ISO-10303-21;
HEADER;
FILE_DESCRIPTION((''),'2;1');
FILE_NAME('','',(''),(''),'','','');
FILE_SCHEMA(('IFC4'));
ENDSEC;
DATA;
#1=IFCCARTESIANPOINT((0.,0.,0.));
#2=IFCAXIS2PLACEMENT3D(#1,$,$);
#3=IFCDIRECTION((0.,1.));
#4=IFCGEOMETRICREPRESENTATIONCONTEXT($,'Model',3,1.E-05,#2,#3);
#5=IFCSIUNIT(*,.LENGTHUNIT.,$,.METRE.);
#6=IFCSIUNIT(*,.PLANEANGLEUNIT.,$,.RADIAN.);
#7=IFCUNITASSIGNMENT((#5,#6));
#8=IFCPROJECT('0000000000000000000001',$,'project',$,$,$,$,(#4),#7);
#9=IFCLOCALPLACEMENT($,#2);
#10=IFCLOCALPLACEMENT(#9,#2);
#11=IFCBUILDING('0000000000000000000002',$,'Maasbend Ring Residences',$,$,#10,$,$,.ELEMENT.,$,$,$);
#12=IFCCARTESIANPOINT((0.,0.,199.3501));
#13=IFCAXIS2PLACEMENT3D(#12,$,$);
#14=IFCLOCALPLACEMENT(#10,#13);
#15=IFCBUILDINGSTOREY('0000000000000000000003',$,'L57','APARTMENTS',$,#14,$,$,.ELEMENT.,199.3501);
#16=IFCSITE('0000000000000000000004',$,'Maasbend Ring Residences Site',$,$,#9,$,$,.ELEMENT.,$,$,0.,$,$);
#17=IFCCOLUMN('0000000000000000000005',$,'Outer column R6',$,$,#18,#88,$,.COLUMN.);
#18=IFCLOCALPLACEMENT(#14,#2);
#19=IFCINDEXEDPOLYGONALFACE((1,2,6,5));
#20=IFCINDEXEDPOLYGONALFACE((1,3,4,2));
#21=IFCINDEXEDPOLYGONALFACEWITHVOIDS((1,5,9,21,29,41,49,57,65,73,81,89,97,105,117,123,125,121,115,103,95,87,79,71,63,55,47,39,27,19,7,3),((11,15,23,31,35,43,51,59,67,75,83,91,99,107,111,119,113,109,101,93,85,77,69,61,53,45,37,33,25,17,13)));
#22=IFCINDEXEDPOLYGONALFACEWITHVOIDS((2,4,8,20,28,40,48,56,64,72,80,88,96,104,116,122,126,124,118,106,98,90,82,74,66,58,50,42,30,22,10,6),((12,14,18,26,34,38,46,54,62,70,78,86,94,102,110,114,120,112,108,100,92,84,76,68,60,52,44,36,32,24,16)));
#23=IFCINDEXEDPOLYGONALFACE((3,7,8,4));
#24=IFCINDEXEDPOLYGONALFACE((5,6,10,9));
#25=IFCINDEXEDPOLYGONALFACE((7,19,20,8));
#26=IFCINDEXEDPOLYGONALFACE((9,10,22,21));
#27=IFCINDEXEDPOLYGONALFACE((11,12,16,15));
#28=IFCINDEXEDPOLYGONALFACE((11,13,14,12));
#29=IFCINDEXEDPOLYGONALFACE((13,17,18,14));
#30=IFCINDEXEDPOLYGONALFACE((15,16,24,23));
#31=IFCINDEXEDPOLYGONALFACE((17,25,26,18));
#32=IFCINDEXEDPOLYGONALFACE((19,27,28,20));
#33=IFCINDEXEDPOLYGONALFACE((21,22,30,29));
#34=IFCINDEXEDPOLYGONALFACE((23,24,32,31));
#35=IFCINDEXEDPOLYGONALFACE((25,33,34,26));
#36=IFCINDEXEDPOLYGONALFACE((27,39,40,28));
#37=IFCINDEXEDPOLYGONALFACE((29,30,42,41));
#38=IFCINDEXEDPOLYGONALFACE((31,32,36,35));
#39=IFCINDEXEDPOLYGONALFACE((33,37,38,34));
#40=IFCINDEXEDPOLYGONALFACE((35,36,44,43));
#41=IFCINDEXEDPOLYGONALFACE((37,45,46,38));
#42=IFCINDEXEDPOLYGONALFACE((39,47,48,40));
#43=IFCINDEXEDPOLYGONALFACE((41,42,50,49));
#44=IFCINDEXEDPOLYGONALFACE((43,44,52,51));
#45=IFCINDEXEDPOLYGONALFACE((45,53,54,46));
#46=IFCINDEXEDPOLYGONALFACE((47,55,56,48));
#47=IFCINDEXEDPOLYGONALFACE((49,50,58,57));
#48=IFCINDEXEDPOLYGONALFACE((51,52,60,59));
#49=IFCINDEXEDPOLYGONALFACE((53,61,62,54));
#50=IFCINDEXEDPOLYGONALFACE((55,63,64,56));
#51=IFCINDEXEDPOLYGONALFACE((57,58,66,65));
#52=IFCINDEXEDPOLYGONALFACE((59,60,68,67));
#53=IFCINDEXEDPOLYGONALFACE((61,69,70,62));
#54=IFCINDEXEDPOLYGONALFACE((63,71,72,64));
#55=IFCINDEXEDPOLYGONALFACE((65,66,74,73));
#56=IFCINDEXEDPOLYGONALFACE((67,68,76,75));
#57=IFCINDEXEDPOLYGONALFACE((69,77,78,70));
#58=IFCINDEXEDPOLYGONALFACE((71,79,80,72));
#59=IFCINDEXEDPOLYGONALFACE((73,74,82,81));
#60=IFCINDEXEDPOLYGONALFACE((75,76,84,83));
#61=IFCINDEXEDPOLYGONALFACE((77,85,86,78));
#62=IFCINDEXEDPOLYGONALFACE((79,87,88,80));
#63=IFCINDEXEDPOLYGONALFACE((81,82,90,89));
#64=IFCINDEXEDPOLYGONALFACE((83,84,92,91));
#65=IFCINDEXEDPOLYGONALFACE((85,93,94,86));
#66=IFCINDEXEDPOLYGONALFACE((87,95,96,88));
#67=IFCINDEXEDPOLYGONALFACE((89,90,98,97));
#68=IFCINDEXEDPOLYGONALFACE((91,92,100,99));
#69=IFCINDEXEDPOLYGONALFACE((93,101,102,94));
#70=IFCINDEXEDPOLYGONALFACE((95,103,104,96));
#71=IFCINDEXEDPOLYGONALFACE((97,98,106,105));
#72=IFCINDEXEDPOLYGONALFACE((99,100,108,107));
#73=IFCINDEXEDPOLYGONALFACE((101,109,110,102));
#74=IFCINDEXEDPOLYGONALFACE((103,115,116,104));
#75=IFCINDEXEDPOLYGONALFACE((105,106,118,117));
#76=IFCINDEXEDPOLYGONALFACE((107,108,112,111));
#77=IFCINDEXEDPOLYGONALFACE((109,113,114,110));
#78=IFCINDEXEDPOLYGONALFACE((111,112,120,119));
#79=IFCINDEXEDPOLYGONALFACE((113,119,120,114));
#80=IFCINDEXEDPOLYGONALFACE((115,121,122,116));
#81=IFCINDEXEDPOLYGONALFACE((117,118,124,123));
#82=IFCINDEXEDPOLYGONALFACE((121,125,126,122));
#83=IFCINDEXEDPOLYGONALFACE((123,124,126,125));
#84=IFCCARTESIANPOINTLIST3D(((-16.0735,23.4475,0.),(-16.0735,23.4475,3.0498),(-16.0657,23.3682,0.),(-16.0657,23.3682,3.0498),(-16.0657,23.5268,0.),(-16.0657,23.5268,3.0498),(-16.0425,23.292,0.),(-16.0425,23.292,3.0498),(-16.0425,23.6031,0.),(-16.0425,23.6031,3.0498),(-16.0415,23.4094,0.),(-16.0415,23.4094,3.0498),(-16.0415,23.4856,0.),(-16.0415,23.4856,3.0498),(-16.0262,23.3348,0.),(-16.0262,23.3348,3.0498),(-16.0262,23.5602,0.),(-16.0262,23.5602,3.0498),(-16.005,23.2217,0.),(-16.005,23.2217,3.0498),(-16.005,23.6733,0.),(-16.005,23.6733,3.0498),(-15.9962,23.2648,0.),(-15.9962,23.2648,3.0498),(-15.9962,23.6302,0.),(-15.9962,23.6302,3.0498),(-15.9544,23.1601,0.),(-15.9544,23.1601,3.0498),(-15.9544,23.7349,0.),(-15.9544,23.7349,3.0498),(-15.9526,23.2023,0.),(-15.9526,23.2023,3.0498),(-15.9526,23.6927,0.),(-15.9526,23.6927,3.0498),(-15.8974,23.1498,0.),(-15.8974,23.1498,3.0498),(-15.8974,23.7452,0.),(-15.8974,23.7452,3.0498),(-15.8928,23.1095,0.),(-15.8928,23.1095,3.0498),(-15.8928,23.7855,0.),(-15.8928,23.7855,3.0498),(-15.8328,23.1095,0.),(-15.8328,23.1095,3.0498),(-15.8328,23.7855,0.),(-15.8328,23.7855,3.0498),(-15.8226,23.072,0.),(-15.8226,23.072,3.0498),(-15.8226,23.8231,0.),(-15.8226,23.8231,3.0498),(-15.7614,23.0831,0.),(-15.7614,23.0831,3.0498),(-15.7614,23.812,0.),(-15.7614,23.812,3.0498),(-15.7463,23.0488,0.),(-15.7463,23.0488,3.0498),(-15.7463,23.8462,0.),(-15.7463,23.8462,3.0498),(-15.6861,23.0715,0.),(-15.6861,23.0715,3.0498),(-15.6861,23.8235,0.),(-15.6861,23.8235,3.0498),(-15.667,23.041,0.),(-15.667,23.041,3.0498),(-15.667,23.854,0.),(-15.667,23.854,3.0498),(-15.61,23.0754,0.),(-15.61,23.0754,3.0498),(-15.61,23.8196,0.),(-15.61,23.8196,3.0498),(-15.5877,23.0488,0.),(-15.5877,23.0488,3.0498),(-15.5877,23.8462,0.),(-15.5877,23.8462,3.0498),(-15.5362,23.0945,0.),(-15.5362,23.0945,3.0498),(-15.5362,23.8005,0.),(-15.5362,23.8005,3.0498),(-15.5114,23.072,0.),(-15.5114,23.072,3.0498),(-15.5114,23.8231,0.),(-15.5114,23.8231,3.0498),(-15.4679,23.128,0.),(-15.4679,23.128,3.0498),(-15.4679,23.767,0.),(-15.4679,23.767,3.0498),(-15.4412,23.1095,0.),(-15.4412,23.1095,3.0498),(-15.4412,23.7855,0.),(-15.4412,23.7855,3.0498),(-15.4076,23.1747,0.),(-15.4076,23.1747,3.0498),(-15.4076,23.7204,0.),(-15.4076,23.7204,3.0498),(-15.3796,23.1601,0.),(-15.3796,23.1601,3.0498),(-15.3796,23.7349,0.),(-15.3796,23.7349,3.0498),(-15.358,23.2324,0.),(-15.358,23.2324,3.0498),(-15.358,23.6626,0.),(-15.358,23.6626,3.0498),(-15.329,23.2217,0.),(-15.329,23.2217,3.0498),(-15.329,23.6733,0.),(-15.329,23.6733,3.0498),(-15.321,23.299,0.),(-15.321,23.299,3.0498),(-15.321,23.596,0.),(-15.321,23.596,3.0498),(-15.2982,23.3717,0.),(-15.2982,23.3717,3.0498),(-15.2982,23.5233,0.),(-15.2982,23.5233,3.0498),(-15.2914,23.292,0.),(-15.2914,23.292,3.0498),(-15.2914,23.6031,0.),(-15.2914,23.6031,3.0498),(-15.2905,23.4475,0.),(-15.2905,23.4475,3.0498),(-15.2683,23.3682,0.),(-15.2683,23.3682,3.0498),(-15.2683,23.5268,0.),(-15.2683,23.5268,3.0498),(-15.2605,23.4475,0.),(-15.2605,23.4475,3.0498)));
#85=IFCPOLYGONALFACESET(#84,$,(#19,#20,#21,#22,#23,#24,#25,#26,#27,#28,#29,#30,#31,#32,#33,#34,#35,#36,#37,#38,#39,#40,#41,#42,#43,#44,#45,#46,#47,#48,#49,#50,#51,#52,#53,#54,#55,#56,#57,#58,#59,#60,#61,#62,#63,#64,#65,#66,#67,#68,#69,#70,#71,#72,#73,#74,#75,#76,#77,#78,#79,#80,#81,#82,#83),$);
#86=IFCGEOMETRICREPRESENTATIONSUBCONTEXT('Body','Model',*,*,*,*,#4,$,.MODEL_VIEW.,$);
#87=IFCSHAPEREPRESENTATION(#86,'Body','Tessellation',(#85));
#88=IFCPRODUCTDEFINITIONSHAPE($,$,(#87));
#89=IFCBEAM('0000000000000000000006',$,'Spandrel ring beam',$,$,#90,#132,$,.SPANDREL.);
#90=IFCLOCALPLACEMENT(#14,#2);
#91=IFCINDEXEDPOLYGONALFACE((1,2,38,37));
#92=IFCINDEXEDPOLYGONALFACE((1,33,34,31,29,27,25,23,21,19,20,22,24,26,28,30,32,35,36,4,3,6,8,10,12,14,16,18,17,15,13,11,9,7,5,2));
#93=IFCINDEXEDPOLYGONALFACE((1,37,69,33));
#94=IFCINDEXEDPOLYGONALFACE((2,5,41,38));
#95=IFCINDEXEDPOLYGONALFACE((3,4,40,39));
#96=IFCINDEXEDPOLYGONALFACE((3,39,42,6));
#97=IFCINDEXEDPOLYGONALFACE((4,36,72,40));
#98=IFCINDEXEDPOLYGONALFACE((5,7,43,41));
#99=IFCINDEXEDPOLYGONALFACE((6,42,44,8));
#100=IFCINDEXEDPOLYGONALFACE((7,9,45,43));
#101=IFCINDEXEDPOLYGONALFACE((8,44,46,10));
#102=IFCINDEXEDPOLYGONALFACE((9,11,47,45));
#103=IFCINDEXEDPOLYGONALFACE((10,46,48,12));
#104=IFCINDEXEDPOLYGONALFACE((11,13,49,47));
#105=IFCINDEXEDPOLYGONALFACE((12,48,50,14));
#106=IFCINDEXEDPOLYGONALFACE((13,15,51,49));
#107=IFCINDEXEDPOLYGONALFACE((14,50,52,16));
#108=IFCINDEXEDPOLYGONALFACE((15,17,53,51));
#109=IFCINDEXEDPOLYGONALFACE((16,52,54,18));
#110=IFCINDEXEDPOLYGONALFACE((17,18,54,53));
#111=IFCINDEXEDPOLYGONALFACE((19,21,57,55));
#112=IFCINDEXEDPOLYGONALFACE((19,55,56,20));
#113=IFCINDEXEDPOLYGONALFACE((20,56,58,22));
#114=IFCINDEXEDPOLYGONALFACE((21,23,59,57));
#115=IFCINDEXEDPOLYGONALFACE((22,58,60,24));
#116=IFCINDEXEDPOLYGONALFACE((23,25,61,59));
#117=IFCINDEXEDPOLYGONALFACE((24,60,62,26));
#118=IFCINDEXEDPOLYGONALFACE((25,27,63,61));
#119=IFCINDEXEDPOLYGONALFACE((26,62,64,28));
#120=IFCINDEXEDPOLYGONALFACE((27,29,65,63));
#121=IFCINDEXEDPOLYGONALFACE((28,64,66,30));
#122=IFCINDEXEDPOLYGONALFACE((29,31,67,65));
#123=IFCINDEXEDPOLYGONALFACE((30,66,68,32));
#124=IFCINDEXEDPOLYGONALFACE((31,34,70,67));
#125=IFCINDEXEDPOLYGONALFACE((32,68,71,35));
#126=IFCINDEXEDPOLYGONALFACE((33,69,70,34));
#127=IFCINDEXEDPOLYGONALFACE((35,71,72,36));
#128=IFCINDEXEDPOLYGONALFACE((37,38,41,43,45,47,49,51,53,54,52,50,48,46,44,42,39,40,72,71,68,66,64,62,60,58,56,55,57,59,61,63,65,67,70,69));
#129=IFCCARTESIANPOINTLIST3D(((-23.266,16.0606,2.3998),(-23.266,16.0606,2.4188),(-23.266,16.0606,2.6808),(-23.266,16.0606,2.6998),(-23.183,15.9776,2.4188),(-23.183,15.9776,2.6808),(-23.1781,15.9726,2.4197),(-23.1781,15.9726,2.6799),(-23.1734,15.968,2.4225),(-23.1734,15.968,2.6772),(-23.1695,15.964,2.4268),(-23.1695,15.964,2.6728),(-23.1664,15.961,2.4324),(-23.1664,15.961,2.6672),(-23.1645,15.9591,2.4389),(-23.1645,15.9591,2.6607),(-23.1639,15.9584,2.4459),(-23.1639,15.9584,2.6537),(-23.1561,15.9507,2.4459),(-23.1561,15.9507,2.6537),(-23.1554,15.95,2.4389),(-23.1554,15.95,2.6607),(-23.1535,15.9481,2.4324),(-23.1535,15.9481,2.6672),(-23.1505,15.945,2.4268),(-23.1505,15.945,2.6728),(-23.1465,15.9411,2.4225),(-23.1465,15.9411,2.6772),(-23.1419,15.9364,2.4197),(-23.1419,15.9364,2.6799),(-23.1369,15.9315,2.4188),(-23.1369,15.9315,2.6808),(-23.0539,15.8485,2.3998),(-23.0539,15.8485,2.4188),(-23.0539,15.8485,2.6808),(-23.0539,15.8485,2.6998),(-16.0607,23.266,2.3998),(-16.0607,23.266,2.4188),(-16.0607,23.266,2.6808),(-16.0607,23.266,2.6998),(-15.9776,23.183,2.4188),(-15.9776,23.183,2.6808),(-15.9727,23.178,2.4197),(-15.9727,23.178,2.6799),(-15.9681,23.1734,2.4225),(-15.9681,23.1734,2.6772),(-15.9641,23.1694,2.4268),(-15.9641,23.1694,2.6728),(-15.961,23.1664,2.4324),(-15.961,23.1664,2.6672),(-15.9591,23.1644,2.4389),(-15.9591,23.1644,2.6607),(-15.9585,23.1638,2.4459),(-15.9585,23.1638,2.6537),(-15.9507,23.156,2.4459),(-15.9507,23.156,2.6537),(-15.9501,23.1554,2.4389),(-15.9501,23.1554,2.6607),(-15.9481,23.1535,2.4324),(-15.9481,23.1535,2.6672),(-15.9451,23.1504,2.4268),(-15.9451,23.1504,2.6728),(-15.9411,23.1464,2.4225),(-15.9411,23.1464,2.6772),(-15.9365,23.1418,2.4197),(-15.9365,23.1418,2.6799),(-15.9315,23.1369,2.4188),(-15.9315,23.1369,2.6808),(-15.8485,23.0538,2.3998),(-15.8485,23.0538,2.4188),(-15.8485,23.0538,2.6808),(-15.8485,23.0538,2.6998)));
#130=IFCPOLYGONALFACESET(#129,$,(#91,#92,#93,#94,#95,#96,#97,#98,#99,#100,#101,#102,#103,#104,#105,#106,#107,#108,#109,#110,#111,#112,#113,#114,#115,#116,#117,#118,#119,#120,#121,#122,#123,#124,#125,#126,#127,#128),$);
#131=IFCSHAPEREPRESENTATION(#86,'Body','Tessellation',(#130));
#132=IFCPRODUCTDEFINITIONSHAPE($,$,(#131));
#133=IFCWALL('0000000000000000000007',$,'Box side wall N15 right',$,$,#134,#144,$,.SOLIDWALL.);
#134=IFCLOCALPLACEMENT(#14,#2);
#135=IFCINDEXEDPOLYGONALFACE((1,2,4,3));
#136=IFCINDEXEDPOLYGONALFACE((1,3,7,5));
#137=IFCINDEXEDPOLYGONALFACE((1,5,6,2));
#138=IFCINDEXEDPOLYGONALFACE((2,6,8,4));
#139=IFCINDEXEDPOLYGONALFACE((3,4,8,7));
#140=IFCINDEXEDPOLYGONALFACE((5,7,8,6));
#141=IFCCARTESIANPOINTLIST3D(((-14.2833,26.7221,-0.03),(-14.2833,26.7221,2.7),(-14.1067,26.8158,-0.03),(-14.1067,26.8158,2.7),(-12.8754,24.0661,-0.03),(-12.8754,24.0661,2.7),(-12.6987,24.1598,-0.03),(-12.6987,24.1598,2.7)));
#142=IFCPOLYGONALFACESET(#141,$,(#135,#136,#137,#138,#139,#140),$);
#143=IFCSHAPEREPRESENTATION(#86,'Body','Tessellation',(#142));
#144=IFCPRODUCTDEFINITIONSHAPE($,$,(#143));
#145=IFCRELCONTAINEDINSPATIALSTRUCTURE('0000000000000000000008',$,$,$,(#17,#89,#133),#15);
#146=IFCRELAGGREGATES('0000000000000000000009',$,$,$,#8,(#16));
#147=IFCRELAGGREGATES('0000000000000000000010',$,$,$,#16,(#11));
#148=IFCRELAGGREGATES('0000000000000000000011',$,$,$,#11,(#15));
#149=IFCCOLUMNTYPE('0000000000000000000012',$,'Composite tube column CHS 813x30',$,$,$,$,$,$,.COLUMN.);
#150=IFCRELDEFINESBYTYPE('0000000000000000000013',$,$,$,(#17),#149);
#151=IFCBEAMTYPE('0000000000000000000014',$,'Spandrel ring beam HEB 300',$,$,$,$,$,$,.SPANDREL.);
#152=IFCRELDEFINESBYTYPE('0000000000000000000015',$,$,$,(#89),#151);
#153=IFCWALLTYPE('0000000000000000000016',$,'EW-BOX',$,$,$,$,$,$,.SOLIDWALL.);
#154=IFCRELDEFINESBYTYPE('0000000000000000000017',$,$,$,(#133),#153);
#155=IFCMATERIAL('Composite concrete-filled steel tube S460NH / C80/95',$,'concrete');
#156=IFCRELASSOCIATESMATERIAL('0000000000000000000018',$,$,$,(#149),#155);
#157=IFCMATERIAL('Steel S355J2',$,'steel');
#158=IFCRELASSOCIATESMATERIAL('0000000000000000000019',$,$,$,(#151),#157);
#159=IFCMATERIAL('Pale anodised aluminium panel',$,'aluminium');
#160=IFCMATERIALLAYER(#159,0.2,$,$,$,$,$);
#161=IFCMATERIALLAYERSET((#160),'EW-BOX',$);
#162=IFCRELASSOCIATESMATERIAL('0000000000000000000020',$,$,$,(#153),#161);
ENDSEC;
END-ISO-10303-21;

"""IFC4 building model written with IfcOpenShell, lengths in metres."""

from ifc_helpers import new_model, si_unit, direction, frame, frame_2d, origin, origin_2d, place, context, subcontext, project, spatial, rectangle, hollow_circle, i_section, extrude, material, layer, layer_set, material_profile, profile_set, type_object, element, save


model = new_model("IFC4")

# Units and contexts
model_context = context("Model", 3, precision=1e-05, world=origin(), true_north=direction((0.0, 1.0)))
body_context = subcontext(model_context, "Body", "Model", "MODEL_VIEW")
ifc_project = project(units=[si_unit("LENGTHUNIT", "METRE"), si_unit("PLANEANGLEUNIT", "RADIAN")], contexts=[model_context])

# Site, building, storey
site_placement = place(None, origin())
site = spatial("IfcSite", under=ifc_project, at=site_placement, Name="Maasbend Ring Residences Site", CompositionType="ELEMENT", RefElevation=0.0)
building_placement = place(site_placement, origin())
building = spatial("IfcBuilding", under=site, at=building_placement, Name="Maasbend Ring Residences", CompositionType="ELEMENT")
storey_placement = place(building_placement, frame((0.0, 0.0, 199.3501)))
storey = spatial("IfcBuildingStorey", under=building, at=storey_placement, Name="L57", Description="APARTMENTS", CompositionType="ELEMENT", Elevation=199.3501)

# Column
ifc_material_1 = material(Name="Composite concrete-filled steel tube S460NH / C80/95", Category="concrete")
ifc_material_profile_1 = material_profile(ifc_material_1, hollow_circle(Radius=0.4065, WallThickness=0.03, at=origin_2d()), Name="Composite tube column CHS 813x30")
ifc_profile_set_1 = profile_set([ifc_material_profile_1], Name="Composite concrete-filled steel tube S460NH / C80/95")
column_type = type_object("IfcColumnType", Name="Composite tube column CHS 813x30", PredefinedType="COLUMN", material=ifc_profile_set_1)
column_placement = place(storey_placement, frame((-15.667, 23.4475, 0.0), z_axis=(0.0, 0.0, 1.0), x_axis=(1.0, 0.0, 0.0)))
element("IfcColumn", 1, at=column_placement, inside=storey, type_object=column_type, Name="Outer column R6", PredefinedType="COLUMN", context=body_context, shape_type="SweptSolid", body=[
    extrude(hollow_circle(Radius=0.4065, WallThickness=0.03, at=origin_2d()), origin(), (0.0, 0.0, 1.0), 3.0498),
])

# Beam
ifc_material_2 = material(Name="Steel S355J2", Category="steel")
ifc_material_profile_2 = material_profile(ifc_material_2, i_section(OverallWidth=0.3, OverallDepth=0.3, WebThickness=0.011, FlangeThickness=0.019, FilletRadius=0.0271, at=origin_2d()), Name="HEB 300")
ifc_profile_set_2 = profile_set([ifc_material_profile_2], Name="Steel S355J2")
beam_type = type_object("IfcBeamType", Name="Spandrel ring beam HEB 300", PredefinedType="SPANDREL", material=ifc_profile_set_2)
beam_placement = place(storey_placement, frame((-15.9546, 23.1599, 2.5498), z_axis=(-0.707107, -0.707107, 0.0), x_axis=(0.707107, -0.707107, 0.0)))
element("IfcBeam", 2, at=beam_placement, inside=storey, type_object=beam_type, Name="Spandrel ring beam", PredefinedType="SPANDREL", context=body_context, shape_type="SweptSolid", body=[
    extrude(i_section(OverallWidth=0.3, OverallDepth=0.3, WebThickness=0.011, FlangeThickness=0.019, FilletRadius=0.0271, at=origin_2d()), origin(), (0.0, 0.0, 1.0), 10.1899),
])

# Wall
ifc_material_3 = material(Name="Pale anodised aluminium panel", Category="aluminium")
ifc_layer_1 = layer(ifc_material_3, 0.2)
ifc_layer_set_1 = layer_set([ifc_layer_1], Name="EW-BOX")
wall_type_1 = type_object("IfcWallType", Name="EW-BOX", PredefinedType="SOLIDWALL", material=ifc_layer_set_1)
wall_1_placement = place(storey_placement, frame((-12.7871, 24.113, -0.03), z_axis=(0.0, 0.0, 1.0), x_axis=(-0.468365, 0.883535, 0.0)))
element("IfcWall", 3, at=wall_1_placement, inside=storey, type_object=wall_type_1, Name="Box side wall N15 right", PredefinedType="SOLIDWALL", context=body_context, shape_type="SweptSolid", body=[
    extrude(rectangle(XDim=3.0061, YDim=0.2, at=frame_2d((1.5029, 0.0))), origin(), (0.0, 0.0, 1.0), 2.73),
])

save(model, "model.ifc")
